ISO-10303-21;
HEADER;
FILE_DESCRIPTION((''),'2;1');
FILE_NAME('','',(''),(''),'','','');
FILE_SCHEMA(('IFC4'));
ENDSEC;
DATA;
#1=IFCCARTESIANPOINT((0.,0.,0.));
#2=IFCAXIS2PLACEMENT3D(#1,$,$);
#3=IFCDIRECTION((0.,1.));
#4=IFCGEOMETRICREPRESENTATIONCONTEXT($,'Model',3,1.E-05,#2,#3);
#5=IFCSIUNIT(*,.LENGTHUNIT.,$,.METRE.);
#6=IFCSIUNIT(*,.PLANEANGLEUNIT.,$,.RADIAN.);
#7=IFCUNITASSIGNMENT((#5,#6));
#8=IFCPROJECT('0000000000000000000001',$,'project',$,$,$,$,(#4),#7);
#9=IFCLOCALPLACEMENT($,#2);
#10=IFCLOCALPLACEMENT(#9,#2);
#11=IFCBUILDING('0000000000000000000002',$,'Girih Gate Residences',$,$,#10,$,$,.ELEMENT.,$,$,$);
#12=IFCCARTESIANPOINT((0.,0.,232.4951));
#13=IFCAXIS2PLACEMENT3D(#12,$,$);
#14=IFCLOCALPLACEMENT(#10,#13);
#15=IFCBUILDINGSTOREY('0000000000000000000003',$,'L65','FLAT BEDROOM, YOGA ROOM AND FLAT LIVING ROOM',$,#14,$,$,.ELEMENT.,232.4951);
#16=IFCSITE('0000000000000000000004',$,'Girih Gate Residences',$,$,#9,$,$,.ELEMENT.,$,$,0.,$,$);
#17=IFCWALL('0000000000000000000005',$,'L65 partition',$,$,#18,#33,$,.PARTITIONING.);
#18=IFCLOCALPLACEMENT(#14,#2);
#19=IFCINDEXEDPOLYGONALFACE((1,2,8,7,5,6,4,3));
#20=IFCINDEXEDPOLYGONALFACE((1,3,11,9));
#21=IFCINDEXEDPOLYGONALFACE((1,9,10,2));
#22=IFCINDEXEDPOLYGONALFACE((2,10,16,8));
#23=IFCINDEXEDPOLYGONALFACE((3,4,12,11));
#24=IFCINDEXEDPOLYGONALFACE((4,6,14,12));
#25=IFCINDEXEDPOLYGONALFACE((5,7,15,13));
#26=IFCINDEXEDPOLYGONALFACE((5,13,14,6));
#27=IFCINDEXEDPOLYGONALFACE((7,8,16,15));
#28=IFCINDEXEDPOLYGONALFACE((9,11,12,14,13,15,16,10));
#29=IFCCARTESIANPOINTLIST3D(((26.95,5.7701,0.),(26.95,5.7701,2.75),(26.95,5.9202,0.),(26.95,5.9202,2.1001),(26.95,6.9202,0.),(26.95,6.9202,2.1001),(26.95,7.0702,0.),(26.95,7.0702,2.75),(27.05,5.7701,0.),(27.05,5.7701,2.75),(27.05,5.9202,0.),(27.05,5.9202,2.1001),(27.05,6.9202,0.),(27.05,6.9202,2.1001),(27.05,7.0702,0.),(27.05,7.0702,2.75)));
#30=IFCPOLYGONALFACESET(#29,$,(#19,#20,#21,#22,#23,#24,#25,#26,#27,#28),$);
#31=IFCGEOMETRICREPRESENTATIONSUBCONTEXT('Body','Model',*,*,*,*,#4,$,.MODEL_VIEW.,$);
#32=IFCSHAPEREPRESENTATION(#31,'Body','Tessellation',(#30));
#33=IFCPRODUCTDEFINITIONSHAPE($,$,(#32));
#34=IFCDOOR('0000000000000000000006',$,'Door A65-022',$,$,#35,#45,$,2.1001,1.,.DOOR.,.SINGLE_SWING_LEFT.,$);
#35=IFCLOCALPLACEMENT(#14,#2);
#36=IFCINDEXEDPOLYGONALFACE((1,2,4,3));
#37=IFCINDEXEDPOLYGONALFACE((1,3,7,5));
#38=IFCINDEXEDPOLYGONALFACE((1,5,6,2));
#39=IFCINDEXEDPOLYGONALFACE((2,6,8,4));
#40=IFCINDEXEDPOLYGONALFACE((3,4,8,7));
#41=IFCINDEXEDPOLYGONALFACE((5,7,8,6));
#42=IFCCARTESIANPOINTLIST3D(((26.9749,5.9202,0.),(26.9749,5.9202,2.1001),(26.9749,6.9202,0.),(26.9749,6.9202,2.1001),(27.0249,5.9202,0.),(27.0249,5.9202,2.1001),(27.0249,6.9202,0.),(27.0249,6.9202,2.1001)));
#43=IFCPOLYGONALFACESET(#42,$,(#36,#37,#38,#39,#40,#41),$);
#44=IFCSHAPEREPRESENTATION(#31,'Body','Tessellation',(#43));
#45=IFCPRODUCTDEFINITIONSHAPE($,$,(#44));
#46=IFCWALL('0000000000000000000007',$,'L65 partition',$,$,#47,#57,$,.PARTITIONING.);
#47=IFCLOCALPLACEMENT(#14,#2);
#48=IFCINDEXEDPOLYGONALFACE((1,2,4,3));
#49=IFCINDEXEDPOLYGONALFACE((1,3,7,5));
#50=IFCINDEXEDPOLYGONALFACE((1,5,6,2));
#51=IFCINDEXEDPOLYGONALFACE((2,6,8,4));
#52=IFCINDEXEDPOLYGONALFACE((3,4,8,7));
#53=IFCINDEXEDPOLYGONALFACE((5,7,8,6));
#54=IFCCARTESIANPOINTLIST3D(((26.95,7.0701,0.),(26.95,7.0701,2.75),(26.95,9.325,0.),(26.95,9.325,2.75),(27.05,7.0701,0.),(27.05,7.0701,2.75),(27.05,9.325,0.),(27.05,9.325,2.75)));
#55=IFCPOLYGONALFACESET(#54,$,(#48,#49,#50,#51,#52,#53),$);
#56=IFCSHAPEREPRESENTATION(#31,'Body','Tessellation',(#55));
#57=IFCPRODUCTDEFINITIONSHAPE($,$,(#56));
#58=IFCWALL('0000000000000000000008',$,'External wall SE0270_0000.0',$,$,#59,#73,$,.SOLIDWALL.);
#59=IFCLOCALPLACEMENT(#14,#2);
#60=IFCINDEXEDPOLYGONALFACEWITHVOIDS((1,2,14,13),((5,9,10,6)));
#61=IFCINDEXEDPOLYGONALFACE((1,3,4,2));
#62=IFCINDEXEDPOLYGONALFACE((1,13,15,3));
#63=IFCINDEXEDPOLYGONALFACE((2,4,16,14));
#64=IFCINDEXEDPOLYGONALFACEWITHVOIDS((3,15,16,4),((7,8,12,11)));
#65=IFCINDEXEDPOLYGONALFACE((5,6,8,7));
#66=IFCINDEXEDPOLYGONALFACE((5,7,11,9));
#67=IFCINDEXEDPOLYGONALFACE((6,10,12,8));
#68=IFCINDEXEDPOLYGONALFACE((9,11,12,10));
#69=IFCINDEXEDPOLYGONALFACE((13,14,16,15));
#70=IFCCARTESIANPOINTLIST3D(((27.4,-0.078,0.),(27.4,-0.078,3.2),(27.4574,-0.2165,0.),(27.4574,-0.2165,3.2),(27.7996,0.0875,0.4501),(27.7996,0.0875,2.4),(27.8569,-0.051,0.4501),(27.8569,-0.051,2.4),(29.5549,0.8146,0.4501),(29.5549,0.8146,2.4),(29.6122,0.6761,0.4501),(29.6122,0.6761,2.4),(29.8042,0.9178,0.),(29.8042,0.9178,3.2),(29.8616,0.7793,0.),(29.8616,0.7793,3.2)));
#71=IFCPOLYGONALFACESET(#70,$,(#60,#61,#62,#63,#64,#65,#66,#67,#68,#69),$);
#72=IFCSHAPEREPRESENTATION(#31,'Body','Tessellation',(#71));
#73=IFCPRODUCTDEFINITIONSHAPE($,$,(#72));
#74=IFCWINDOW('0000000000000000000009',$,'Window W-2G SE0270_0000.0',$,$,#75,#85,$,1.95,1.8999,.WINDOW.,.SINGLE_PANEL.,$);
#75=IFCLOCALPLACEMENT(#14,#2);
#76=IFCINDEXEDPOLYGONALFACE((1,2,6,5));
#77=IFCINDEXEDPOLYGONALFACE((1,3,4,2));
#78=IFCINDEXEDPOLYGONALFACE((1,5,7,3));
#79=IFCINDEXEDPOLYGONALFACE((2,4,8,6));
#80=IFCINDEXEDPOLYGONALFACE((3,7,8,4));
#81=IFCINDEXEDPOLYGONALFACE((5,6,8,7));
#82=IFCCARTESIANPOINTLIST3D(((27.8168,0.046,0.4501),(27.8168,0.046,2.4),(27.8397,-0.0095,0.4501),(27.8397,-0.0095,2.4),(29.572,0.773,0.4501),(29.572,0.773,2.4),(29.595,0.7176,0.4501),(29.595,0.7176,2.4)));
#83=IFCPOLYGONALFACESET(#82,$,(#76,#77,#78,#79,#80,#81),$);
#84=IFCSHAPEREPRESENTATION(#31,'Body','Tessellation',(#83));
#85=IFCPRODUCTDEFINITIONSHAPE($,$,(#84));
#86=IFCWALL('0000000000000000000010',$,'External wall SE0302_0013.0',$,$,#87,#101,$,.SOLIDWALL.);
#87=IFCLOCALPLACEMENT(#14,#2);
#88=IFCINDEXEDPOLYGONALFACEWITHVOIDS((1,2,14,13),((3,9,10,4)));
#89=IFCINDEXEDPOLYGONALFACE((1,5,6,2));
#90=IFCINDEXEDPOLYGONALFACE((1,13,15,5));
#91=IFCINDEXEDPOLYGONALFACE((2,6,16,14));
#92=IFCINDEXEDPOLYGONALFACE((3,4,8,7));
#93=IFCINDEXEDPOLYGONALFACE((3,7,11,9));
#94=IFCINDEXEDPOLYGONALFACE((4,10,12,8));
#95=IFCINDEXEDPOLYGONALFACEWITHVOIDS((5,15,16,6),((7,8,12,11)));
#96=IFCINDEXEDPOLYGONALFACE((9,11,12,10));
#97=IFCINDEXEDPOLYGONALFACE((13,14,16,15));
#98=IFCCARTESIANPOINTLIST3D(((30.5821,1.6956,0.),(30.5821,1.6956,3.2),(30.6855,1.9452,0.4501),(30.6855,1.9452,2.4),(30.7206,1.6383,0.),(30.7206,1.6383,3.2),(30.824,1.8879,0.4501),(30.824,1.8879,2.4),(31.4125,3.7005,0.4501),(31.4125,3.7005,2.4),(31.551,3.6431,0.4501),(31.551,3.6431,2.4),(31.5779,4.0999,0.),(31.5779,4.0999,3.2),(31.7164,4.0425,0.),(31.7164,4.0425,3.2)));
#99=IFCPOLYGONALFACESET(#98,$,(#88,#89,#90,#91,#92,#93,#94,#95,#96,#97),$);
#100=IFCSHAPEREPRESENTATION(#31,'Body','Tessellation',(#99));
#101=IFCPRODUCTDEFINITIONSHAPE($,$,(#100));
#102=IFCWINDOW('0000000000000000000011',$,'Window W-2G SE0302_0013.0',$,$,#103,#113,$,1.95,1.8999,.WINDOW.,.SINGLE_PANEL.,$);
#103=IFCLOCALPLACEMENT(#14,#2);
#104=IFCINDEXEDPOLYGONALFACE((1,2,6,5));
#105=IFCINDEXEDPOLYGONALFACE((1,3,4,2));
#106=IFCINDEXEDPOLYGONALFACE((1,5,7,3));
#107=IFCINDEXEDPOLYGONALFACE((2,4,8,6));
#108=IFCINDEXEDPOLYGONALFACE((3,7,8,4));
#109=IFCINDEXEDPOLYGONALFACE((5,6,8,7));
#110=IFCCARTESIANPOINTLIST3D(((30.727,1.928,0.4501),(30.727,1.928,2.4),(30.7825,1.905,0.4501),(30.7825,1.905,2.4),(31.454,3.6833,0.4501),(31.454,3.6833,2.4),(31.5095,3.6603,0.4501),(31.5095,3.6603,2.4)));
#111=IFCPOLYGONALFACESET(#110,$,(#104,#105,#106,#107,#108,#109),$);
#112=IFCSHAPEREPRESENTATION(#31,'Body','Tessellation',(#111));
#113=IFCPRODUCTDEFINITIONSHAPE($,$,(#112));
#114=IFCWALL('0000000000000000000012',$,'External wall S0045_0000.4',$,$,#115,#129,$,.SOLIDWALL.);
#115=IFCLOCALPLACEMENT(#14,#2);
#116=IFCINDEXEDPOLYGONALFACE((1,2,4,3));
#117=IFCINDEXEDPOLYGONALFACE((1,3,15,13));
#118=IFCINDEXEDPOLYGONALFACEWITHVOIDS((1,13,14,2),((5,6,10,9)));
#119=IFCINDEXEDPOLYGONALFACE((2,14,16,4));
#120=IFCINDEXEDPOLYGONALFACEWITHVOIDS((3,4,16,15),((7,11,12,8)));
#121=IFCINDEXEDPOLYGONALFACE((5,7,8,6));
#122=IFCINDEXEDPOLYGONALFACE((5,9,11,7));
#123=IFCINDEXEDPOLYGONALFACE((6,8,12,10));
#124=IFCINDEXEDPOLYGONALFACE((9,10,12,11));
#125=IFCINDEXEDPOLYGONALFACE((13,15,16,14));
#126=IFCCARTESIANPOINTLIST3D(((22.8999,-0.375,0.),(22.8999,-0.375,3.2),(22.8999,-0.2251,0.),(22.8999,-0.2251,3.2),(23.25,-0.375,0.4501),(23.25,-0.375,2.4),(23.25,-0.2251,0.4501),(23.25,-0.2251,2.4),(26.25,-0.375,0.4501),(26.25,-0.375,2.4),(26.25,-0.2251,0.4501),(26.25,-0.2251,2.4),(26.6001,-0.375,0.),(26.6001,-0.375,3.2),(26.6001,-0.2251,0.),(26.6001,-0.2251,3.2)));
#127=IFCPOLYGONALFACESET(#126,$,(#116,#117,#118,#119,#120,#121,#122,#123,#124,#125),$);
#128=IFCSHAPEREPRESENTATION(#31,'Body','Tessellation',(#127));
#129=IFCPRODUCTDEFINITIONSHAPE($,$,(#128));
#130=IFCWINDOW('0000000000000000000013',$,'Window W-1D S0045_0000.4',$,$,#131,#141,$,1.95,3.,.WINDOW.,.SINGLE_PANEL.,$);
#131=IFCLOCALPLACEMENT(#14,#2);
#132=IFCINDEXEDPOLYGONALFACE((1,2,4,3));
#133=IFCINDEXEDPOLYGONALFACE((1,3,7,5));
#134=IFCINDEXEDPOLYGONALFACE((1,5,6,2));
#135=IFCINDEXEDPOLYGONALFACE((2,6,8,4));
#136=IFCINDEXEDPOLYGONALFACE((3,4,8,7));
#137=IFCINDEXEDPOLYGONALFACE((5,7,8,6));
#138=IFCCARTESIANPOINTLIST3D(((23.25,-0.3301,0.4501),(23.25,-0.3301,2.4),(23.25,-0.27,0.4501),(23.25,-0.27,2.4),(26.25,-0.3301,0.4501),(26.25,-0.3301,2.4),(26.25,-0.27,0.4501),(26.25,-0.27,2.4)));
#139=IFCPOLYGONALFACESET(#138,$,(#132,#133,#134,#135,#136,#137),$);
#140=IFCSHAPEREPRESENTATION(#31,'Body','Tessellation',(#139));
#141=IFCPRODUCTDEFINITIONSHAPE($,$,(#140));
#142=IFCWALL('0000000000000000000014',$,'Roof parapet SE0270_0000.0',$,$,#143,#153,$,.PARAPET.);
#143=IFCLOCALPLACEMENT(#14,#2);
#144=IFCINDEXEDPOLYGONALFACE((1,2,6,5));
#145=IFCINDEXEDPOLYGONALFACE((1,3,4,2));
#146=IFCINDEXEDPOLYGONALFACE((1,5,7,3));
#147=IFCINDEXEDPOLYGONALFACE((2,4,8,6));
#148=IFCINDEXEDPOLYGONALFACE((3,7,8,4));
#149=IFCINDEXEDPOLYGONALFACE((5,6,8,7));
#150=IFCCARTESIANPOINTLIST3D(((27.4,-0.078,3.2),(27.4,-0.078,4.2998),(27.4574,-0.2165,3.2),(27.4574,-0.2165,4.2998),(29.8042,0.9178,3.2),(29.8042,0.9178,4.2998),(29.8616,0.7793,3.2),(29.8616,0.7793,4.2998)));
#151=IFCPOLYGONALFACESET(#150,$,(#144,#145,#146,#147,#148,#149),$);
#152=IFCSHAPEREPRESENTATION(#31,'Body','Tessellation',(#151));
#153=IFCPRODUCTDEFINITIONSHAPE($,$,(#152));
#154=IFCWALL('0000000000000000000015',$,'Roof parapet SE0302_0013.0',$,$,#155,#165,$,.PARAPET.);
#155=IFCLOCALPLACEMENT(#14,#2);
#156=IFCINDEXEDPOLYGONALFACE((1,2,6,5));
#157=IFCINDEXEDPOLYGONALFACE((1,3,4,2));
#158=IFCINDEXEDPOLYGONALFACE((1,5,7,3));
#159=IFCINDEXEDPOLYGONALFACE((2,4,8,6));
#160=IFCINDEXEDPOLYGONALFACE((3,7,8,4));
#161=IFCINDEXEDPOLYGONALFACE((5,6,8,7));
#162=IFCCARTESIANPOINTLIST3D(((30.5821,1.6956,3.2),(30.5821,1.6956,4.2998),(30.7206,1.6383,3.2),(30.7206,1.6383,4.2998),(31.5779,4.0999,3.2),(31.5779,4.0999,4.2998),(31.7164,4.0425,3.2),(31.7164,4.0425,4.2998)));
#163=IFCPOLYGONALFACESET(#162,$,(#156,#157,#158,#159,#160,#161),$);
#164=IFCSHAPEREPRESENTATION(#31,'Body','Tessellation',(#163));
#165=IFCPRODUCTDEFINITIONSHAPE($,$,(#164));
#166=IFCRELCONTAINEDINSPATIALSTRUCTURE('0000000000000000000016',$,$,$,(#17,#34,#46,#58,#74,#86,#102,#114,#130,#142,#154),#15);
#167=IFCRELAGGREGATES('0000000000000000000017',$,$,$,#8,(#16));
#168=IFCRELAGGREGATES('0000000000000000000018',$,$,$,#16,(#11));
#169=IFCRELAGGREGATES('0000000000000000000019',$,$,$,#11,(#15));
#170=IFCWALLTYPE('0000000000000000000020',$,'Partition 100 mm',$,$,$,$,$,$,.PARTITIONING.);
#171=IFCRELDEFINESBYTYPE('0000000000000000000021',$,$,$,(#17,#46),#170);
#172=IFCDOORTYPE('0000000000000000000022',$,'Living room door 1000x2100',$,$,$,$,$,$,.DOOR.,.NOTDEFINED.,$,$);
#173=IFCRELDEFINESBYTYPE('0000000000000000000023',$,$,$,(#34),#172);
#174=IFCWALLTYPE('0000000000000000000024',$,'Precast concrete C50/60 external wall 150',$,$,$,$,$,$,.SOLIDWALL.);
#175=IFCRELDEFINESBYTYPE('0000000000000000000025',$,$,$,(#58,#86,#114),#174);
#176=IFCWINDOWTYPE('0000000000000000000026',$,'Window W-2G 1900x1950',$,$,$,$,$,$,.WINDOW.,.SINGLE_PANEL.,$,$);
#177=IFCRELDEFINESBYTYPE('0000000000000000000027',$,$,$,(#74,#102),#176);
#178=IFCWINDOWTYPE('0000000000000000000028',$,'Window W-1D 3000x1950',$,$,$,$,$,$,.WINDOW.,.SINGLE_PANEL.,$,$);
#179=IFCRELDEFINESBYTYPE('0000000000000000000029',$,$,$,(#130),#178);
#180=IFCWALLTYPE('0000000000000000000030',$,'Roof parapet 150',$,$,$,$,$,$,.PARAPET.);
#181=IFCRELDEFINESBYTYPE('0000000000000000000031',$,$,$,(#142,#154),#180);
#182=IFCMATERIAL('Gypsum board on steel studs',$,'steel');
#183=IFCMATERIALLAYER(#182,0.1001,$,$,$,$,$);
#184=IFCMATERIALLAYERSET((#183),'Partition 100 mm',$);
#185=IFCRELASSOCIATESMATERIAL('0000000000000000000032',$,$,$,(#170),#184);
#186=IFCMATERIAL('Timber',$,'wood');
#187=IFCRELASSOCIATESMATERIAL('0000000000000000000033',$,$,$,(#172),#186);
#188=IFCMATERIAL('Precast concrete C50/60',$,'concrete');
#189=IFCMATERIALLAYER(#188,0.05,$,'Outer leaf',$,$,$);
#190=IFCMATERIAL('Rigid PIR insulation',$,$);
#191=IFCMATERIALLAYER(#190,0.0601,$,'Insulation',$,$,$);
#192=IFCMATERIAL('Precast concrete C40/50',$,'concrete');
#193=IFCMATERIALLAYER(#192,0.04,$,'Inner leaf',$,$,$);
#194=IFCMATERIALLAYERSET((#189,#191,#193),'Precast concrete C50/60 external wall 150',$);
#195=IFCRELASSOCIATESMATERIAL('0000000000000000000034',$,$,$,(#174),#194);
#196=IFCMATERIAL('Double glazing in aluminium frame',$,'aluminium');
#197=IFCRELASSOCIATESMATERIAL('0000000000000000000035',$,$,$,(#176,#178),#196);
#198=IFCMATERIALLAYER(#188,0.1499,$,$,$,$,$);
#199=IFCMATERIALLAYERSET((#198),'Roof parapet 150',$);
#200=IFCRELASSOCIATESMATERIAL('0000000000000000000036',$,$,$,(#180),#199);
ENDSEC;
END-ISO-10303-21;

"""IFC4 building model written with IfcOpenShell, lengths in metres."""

from ifc_helpers import new_model, si_unit, direction, frame, frame_2d, origin, place, context, subcontext, project, spatial, rectangle, extrude, material, layer, layer_set, type_object, element, fill, save


model = new_model("IFC4")

# Units and contexts
model_context = context("Model", 3, precision=1e-05, world=origin(), true_north=direction((0.0, 1.0)))
body_context = subcontext(model_context, "Body", "Model", "MODEL_VIEW")
ifc_project = project(units=[si_unit("LENGTHUNIT", "METRE"), si_unit("PLANEANGLEUNIT", "RADIAN")], contexts=[model_context])

# Site, building, storey
site_placement = place(None, origin())
site = spatial("IfcSite", under=ifc_project, at=site_placement, Name="Girih Gate Residences", CompositionType="ELEMENT", RefElevation=0.0)
building_placement = place(site_placement, origin())
building = spatial("IfcBuilding", under=site, at=building_placement, Name="Girih Gate Residences", CompositionType="ELEMENT")
storey_placement = place(building_placement, frame((0.0, 0.0, 232.4951)))
storey = spatial("IfcBuildingStorey", under=building, at=storey_placement, Name="L65", Description="FLAT BEDROOM, YOGA ROOM AND FLAT LIVING ROOM", CompositionType="ELEMENT", Elevation=232.4951)

# Shared definitions
ifc_material_1 = material(Name="Gypsum board on steel studs", Category="steel")
ifc_layer_1 = layer(ifc_material_1, 0.1001)
ifc_layer_set_1 = layer_set([ifc_layer_1], Name="Partition 100 mm")
wall_type_1 = type_object("IfcWallType", Name="Partition 100 mm", PredefinedType="PARTITIONING", material=ifc_layer_set_1)
ifc_material_2 = material(Name="Timber", Category="wood")

# Wall, opening, door
wall_1_placement = place(storey_placement, frame((27.0, 7.0701, 0.0), z_axis=(0.0, 0.0, 1.0), x_axis=(0.0, -1.0, 0.0)))
wall_1 = element("IfcWall", 1, at=wall_1_placement, inside=storey, type_object=wall_type_1, Name="L65 partition", PredefinedType="PARTITIONING", context=body_context, shape_type="SweptSolid", body=[
    extrude(rectangle(XDim=1.3, YDim=0.1001, at=frame_2d((0.6499, 0.0))), origin(), (0.0, 0.0, 1.0), 2.75),
])
opening_1_placement = place(wall_1_placement, frame((0.1499, 0.0, 0.0)))
opening_1 = element("IfcOpeningElement", 2, at=opening_1_placement, cuts=wall_1, PredefinedType="OPENING", context=body_context, shape_type="SweptSolid", body=[
    extrude(rectangle(XDim=1.0, YDim=2.1001, at=frame_2d((0.5, 1.05))), frame((0.0, 0.0601, 0.0), z_axis=(0.0, -1.0, 0.0), x_axis=(1.0, 0.0, 0.0)), (0.0, 0.0, 1.0), 0.1201),
])
door_type_1 = type_object("IfcDoorType", Name="Living room door 1000x2100", OperationType="NOTDEFINED", PredefinedType="DOOR", material=ifc_material_2)
door_1_placement = place(opening_1_placement, origin())
door_1 = element("IfcDoor", 3, at=door_1_placement, inside=storey, type_object=door_type_1, Name="Door A65-022", OperationType="SINGLE_SWING_LEFT", OverallHeight=2.1001, OverallWidth=1.0, PredefinedType="DOOR", context=body_context, shape_type="SweptSolid", body=[
    extrude(rectangle(XDim=1.0, YDim=2.1001, at=frame_2d((0.5, 1.05))), frame((0.0, 0.0249, 0.0), z_axis=(0.0, -1.0, 0.0), x_axis=(1.0, 0.0, 0.0)), (0.0, 0.0, 1.0), 0.05),
])
fill(opening_1, door_1)

# Wall
wall_2_placement = place(storey_placement, frame((27.0, 7.0701, 0.0), z_axis=(0.0, 0.0, 1.0), x_axis=(0.0, 1.0, 0.0)))
element("IfcWall", 4, at=wall_2_placement, inside=storey, type_object=wall_type_1, Name="L65 partition", PredefinedType="PARTITIONING", context=body_context, shape_type="SweptSolid", body=[
    extrude(rectangle(XDim=2.2549, YDim=0.1001, at=frame_2d((1.1274, 0.0))), origin(), (0.0, 0.0, 1.0), 2.75),
])

# Walls, openings, windows
ifc_material_3 = material(Name="Precast concrete C50/60", Category="concrete")
ifc_layer_2 = layer(ifc_material_3, 0.05, Name="Outer leaf")
ifc_material_4 = material(Name="Rigid PIR insulation")
ifc_layer_3 = layer(ifc_material_4, 0.0601, Name="Insulation")
ifc_material_5 = material(Name="Precast concrete C40/50", Category="concrete")
ifc_layer_4 = layer(ifc_material_5, 0.04, Name="Inner leaf")
ifc_layer_set_2 = layer_set([ifc_layer_2, ifc_layer_3, ifc_layer_4], Name="Precast concrete C50/60 external wall 150")
wall_type_2 = type_object("IfcWallType", Name="Precast concrete C50/60 external wall 150", PredefinedType="SOLIDWALL", material=ifc_layer_set_2)
wall_3_placement = place(storey_placement, frame((29.833, 0.8486, 0.0), z_axis=(0.0, 0.0, 1.0), x_axis=(-0.923885, -0.382669, 0.0)))
wall_3 = element("IfcWall", 5, at=wall_3_placement, inside=storey, type_object=wall_type_2, Name="External wall SE0270_0000.0", PredefinedType="SOLIDWALL", context=body_context, shape_type="SweptSolid", body=[
    extrude(rectangle(XDim=2.6023, YDim=0.1499, at=frame_2d((1.3013, 0.0))), origin(), (0.0, 0.0, 1.0), 3.2),
])
opening_2_placement = place(wall_3_placement, frame((0.27, 0.0, 0.45)))
opening_2 = element("IfcOpeningElement", 6, at=opening_2_placement, cuts=wall_3, PredefinedType="OPENING", context=body_context, shape_type="SweptSolid", body=[
    extrude(rectangle(XDim=1.8999, YDim=1.95, at=frame_2d((0.95, 0.9751))), frame((0.0, 0.085, 0.0), z_axis=(0.0, -1.0, 0.0), x_axis=(1.0, 0.0, 0.0)), (0.0, 0.0, 1.0), 0.1699),
])
ifc_material_6 = material(Name="Double glazing in aluminium frame", Category="aluminium")
window_type_1 = type_object("IfcWindowType", Name="Window W-2G 1900x1950", PartitioningType="SINGLE_PANEL", PredefinedType="WINDOW", material=ifc_material_6)
window_1_placement = place(opening_2_placement, origin())
window_1 = element("IfcWindow", 7, at=window_1_placement, inside=storey, type_object=window_type_1, Name="Window W-2G SE0270_0000.0", OverallHeight=1.95, OverallWidth=1.8999, PartitioningType="SINGLE_PANEL", PredefinedType="WINDOW", context=body_context, shape_type="SweptSolid", body=[
    extrude(rectangle(XDim=1.8999, YDim=1.95, at=frame_2d((0.95, 0.9751))), frame((0.0, 0.03, 0.0), z_axis=(0.0, -1.0, 0.0), x_axis=(1.0, 0.0, 0.0)), (0.0, 0.0, 1.0), 0.0601),
])
fill(opening_2, window_1)
wall_4_placement = place(storey_placement, frame((31.6472, 4.0713, 0.0), z_axis=(0.0, 0.0, 1.0), x_axis=(-0.382669, -0.923885, 0.0)))
wall_4 = element("IfcWall", 8, at=wall_4_placement, inside=storey, type_object=wall_type_2, Name="External wall SE0302_0013.0", PredefinedType="SOLIDWALL", context=body_context, shape_type="SweptSolid", body=[
    extrude(rectangle(XDim=2.6023, YDim=0.1499, at=frame_2d((1.3013, 0.0))), origin(), (0.0, 0.0, 1.0), 3.2),
])
opening_3_placement = place(wall_4_placement, frame((0.4324, 0.0, 0.45)))
opening_3 = element("IfcOpeningElement", 9, at=opening_3_placement, cuts=wall_4, PredefinedType="OPENING", context=body_context, shape_type="SweptSolid", body=[
    extrude(rectangle(XDim=1.8999, YDim=1.95, at=frame_2d((0.95, 0.9751))), frame((0.0, 0.085, 0.0), z_axis=(0.0, -1.0, 0.0), x_axis=(1.0, 0.0, 0.0)), (0.0, 0.0, 1.0), 0.1699),
])
window_2_placement = place(opening_3_placement, origin())
window_2 = element("IfcWindow", 10, at=window_2_placement, inside=storey, type_object=window_type_1, Name="Window W-2G SE0302_0013.0", OverallHeight=1.95, OverallWidth=1.8999, PartitioningType="SINGLE_PANEL", PredefinedType="WINDOW", context=body_context, shape_type="SweptSolid", body=[
    extrude(rectangle(XDim=1.8999, YDim=1.95, at=frame_2d((0.95, 0.9751))), frame((0.0, 0.03, 0.0), z_axis=(0.0, -1.0, 0.0), x_axis=(1.0, 0.0, 0.0)), (0.0, 0.0, 1.0), 0.0601),
])
fill(opening_3, window_2)
wall_5_placement = place(storey_placement, frame((26.6001, -0.3, 0.0), z_axis=(0.0, 0.0, 1.0), x_axis=(-1.0, 0.0, 0.0)))
wall_5 = element("IfcWall", 11, at=wall_5_placement, inside=storey, type_object=wall_type_2, Name="External wall S0045_0000.4", PredefinedType="SOLIDWALL", context=body_context, shape_type="SweptSolid", body=[
    extrude(rectangle(XDim=3.7002, YDim=0.1499, at=frame_2d((1.8501, 0.0))), origin(), (0.0, 0.0, 1.0), 3.2),
])
opening_4_placement = place(wall_5_placement, frame((0.3501, 0.0, 0.45)))
opening_4 = element("IfcOpeningElement", 12, at=opening_4_placement, cuts=wall_5, PredefinedType="OPENING", context=body_context, shape_type="SweptSolid", body=[
    extrude(rectangle(XDim=3.0, YDim=1.95, at=frame_2d((1.5, 0.9751))), frame((0.0, 0.085, 0.0), z_axis=(0.0, -1.0, 0.0), x_axis=(1.0, 0.0, 0.0)), (0.0, 0.0, 1.0), 0.1699),
])
window_type_2 = type_object("IfcWindowType", Name="Window W-1D 3000x1950", PartitioningType="SINGLE_PANEL", PredefinedType="WINDOW", material=ifc_material_6)
window_3_placement = place(opening_4_placement, origin())
window_3 = element("IfcWindow", 13, at=window_3_placement, inside=storey, type_object=window_type_2, Name="Window W-1D S0045_0000.4", OverallHeight=1.95, OverallWidth=3.0, PartitioningType="SINGLE_PANEL", PredefinedType="WINDOW", context=body_context, shape_type="SweptSolid", body=[
    extrude(rectangle(XDim=3.0, YDim=1.95, at=frame_2d((1.5, 0.9751))), frame((0.0, 0.03, 0.0), z_axis=(0.0, -1.0, 0.0), x_axis=(1.0, 0.0, 0.0)), (0.0, 0.0, 1.0), 0.0601),
])
fill(opening_4, window_3)

# Walls
ifc_layer_5 = layer(ifc_material_3, 0.1499)
ifc_layer_set_3 = layer_set([ifc_layer_5], Name="Roof parapet 150")
wall_type_3 = type_object("IfcWallType", Name="Roof parapet 150", PredefinedType="PARAPET", material=ifc_layer_set_3)
for number, where, z_axis, x_axis, name in (
    (14, (29.833, 0.8486, 3.2), (0.0, 0.0, 1.0), (-0.923885, -0.382669, 0.0), "Roof parapet SE0270_0000.0"),
    (15, (31.6472, 4.0713, 3.2), (0.0, 0.0, 1.0), (-0.382669, -0.923885, 0.0), "Roof parapet SE0302_0013.0"),
):
    element("IfcWall", number, at=place(storey_placement, frame(where, z_axis=z_axis, x_axis=x_axis)), inside=storey, type_object=wall_type_3, Name=name, PredefinedType="PARAPET", context=body_context, shape_type="SweptSolid", body=[
        extrude(rectangle(XDim=2.6023, YDim=0.1499, at=frame_2d((1.3013, 0.0))), origin(), (0.0, 0.0, 1.0), 1.0999),
    ])

save(model, "model.ifc")
